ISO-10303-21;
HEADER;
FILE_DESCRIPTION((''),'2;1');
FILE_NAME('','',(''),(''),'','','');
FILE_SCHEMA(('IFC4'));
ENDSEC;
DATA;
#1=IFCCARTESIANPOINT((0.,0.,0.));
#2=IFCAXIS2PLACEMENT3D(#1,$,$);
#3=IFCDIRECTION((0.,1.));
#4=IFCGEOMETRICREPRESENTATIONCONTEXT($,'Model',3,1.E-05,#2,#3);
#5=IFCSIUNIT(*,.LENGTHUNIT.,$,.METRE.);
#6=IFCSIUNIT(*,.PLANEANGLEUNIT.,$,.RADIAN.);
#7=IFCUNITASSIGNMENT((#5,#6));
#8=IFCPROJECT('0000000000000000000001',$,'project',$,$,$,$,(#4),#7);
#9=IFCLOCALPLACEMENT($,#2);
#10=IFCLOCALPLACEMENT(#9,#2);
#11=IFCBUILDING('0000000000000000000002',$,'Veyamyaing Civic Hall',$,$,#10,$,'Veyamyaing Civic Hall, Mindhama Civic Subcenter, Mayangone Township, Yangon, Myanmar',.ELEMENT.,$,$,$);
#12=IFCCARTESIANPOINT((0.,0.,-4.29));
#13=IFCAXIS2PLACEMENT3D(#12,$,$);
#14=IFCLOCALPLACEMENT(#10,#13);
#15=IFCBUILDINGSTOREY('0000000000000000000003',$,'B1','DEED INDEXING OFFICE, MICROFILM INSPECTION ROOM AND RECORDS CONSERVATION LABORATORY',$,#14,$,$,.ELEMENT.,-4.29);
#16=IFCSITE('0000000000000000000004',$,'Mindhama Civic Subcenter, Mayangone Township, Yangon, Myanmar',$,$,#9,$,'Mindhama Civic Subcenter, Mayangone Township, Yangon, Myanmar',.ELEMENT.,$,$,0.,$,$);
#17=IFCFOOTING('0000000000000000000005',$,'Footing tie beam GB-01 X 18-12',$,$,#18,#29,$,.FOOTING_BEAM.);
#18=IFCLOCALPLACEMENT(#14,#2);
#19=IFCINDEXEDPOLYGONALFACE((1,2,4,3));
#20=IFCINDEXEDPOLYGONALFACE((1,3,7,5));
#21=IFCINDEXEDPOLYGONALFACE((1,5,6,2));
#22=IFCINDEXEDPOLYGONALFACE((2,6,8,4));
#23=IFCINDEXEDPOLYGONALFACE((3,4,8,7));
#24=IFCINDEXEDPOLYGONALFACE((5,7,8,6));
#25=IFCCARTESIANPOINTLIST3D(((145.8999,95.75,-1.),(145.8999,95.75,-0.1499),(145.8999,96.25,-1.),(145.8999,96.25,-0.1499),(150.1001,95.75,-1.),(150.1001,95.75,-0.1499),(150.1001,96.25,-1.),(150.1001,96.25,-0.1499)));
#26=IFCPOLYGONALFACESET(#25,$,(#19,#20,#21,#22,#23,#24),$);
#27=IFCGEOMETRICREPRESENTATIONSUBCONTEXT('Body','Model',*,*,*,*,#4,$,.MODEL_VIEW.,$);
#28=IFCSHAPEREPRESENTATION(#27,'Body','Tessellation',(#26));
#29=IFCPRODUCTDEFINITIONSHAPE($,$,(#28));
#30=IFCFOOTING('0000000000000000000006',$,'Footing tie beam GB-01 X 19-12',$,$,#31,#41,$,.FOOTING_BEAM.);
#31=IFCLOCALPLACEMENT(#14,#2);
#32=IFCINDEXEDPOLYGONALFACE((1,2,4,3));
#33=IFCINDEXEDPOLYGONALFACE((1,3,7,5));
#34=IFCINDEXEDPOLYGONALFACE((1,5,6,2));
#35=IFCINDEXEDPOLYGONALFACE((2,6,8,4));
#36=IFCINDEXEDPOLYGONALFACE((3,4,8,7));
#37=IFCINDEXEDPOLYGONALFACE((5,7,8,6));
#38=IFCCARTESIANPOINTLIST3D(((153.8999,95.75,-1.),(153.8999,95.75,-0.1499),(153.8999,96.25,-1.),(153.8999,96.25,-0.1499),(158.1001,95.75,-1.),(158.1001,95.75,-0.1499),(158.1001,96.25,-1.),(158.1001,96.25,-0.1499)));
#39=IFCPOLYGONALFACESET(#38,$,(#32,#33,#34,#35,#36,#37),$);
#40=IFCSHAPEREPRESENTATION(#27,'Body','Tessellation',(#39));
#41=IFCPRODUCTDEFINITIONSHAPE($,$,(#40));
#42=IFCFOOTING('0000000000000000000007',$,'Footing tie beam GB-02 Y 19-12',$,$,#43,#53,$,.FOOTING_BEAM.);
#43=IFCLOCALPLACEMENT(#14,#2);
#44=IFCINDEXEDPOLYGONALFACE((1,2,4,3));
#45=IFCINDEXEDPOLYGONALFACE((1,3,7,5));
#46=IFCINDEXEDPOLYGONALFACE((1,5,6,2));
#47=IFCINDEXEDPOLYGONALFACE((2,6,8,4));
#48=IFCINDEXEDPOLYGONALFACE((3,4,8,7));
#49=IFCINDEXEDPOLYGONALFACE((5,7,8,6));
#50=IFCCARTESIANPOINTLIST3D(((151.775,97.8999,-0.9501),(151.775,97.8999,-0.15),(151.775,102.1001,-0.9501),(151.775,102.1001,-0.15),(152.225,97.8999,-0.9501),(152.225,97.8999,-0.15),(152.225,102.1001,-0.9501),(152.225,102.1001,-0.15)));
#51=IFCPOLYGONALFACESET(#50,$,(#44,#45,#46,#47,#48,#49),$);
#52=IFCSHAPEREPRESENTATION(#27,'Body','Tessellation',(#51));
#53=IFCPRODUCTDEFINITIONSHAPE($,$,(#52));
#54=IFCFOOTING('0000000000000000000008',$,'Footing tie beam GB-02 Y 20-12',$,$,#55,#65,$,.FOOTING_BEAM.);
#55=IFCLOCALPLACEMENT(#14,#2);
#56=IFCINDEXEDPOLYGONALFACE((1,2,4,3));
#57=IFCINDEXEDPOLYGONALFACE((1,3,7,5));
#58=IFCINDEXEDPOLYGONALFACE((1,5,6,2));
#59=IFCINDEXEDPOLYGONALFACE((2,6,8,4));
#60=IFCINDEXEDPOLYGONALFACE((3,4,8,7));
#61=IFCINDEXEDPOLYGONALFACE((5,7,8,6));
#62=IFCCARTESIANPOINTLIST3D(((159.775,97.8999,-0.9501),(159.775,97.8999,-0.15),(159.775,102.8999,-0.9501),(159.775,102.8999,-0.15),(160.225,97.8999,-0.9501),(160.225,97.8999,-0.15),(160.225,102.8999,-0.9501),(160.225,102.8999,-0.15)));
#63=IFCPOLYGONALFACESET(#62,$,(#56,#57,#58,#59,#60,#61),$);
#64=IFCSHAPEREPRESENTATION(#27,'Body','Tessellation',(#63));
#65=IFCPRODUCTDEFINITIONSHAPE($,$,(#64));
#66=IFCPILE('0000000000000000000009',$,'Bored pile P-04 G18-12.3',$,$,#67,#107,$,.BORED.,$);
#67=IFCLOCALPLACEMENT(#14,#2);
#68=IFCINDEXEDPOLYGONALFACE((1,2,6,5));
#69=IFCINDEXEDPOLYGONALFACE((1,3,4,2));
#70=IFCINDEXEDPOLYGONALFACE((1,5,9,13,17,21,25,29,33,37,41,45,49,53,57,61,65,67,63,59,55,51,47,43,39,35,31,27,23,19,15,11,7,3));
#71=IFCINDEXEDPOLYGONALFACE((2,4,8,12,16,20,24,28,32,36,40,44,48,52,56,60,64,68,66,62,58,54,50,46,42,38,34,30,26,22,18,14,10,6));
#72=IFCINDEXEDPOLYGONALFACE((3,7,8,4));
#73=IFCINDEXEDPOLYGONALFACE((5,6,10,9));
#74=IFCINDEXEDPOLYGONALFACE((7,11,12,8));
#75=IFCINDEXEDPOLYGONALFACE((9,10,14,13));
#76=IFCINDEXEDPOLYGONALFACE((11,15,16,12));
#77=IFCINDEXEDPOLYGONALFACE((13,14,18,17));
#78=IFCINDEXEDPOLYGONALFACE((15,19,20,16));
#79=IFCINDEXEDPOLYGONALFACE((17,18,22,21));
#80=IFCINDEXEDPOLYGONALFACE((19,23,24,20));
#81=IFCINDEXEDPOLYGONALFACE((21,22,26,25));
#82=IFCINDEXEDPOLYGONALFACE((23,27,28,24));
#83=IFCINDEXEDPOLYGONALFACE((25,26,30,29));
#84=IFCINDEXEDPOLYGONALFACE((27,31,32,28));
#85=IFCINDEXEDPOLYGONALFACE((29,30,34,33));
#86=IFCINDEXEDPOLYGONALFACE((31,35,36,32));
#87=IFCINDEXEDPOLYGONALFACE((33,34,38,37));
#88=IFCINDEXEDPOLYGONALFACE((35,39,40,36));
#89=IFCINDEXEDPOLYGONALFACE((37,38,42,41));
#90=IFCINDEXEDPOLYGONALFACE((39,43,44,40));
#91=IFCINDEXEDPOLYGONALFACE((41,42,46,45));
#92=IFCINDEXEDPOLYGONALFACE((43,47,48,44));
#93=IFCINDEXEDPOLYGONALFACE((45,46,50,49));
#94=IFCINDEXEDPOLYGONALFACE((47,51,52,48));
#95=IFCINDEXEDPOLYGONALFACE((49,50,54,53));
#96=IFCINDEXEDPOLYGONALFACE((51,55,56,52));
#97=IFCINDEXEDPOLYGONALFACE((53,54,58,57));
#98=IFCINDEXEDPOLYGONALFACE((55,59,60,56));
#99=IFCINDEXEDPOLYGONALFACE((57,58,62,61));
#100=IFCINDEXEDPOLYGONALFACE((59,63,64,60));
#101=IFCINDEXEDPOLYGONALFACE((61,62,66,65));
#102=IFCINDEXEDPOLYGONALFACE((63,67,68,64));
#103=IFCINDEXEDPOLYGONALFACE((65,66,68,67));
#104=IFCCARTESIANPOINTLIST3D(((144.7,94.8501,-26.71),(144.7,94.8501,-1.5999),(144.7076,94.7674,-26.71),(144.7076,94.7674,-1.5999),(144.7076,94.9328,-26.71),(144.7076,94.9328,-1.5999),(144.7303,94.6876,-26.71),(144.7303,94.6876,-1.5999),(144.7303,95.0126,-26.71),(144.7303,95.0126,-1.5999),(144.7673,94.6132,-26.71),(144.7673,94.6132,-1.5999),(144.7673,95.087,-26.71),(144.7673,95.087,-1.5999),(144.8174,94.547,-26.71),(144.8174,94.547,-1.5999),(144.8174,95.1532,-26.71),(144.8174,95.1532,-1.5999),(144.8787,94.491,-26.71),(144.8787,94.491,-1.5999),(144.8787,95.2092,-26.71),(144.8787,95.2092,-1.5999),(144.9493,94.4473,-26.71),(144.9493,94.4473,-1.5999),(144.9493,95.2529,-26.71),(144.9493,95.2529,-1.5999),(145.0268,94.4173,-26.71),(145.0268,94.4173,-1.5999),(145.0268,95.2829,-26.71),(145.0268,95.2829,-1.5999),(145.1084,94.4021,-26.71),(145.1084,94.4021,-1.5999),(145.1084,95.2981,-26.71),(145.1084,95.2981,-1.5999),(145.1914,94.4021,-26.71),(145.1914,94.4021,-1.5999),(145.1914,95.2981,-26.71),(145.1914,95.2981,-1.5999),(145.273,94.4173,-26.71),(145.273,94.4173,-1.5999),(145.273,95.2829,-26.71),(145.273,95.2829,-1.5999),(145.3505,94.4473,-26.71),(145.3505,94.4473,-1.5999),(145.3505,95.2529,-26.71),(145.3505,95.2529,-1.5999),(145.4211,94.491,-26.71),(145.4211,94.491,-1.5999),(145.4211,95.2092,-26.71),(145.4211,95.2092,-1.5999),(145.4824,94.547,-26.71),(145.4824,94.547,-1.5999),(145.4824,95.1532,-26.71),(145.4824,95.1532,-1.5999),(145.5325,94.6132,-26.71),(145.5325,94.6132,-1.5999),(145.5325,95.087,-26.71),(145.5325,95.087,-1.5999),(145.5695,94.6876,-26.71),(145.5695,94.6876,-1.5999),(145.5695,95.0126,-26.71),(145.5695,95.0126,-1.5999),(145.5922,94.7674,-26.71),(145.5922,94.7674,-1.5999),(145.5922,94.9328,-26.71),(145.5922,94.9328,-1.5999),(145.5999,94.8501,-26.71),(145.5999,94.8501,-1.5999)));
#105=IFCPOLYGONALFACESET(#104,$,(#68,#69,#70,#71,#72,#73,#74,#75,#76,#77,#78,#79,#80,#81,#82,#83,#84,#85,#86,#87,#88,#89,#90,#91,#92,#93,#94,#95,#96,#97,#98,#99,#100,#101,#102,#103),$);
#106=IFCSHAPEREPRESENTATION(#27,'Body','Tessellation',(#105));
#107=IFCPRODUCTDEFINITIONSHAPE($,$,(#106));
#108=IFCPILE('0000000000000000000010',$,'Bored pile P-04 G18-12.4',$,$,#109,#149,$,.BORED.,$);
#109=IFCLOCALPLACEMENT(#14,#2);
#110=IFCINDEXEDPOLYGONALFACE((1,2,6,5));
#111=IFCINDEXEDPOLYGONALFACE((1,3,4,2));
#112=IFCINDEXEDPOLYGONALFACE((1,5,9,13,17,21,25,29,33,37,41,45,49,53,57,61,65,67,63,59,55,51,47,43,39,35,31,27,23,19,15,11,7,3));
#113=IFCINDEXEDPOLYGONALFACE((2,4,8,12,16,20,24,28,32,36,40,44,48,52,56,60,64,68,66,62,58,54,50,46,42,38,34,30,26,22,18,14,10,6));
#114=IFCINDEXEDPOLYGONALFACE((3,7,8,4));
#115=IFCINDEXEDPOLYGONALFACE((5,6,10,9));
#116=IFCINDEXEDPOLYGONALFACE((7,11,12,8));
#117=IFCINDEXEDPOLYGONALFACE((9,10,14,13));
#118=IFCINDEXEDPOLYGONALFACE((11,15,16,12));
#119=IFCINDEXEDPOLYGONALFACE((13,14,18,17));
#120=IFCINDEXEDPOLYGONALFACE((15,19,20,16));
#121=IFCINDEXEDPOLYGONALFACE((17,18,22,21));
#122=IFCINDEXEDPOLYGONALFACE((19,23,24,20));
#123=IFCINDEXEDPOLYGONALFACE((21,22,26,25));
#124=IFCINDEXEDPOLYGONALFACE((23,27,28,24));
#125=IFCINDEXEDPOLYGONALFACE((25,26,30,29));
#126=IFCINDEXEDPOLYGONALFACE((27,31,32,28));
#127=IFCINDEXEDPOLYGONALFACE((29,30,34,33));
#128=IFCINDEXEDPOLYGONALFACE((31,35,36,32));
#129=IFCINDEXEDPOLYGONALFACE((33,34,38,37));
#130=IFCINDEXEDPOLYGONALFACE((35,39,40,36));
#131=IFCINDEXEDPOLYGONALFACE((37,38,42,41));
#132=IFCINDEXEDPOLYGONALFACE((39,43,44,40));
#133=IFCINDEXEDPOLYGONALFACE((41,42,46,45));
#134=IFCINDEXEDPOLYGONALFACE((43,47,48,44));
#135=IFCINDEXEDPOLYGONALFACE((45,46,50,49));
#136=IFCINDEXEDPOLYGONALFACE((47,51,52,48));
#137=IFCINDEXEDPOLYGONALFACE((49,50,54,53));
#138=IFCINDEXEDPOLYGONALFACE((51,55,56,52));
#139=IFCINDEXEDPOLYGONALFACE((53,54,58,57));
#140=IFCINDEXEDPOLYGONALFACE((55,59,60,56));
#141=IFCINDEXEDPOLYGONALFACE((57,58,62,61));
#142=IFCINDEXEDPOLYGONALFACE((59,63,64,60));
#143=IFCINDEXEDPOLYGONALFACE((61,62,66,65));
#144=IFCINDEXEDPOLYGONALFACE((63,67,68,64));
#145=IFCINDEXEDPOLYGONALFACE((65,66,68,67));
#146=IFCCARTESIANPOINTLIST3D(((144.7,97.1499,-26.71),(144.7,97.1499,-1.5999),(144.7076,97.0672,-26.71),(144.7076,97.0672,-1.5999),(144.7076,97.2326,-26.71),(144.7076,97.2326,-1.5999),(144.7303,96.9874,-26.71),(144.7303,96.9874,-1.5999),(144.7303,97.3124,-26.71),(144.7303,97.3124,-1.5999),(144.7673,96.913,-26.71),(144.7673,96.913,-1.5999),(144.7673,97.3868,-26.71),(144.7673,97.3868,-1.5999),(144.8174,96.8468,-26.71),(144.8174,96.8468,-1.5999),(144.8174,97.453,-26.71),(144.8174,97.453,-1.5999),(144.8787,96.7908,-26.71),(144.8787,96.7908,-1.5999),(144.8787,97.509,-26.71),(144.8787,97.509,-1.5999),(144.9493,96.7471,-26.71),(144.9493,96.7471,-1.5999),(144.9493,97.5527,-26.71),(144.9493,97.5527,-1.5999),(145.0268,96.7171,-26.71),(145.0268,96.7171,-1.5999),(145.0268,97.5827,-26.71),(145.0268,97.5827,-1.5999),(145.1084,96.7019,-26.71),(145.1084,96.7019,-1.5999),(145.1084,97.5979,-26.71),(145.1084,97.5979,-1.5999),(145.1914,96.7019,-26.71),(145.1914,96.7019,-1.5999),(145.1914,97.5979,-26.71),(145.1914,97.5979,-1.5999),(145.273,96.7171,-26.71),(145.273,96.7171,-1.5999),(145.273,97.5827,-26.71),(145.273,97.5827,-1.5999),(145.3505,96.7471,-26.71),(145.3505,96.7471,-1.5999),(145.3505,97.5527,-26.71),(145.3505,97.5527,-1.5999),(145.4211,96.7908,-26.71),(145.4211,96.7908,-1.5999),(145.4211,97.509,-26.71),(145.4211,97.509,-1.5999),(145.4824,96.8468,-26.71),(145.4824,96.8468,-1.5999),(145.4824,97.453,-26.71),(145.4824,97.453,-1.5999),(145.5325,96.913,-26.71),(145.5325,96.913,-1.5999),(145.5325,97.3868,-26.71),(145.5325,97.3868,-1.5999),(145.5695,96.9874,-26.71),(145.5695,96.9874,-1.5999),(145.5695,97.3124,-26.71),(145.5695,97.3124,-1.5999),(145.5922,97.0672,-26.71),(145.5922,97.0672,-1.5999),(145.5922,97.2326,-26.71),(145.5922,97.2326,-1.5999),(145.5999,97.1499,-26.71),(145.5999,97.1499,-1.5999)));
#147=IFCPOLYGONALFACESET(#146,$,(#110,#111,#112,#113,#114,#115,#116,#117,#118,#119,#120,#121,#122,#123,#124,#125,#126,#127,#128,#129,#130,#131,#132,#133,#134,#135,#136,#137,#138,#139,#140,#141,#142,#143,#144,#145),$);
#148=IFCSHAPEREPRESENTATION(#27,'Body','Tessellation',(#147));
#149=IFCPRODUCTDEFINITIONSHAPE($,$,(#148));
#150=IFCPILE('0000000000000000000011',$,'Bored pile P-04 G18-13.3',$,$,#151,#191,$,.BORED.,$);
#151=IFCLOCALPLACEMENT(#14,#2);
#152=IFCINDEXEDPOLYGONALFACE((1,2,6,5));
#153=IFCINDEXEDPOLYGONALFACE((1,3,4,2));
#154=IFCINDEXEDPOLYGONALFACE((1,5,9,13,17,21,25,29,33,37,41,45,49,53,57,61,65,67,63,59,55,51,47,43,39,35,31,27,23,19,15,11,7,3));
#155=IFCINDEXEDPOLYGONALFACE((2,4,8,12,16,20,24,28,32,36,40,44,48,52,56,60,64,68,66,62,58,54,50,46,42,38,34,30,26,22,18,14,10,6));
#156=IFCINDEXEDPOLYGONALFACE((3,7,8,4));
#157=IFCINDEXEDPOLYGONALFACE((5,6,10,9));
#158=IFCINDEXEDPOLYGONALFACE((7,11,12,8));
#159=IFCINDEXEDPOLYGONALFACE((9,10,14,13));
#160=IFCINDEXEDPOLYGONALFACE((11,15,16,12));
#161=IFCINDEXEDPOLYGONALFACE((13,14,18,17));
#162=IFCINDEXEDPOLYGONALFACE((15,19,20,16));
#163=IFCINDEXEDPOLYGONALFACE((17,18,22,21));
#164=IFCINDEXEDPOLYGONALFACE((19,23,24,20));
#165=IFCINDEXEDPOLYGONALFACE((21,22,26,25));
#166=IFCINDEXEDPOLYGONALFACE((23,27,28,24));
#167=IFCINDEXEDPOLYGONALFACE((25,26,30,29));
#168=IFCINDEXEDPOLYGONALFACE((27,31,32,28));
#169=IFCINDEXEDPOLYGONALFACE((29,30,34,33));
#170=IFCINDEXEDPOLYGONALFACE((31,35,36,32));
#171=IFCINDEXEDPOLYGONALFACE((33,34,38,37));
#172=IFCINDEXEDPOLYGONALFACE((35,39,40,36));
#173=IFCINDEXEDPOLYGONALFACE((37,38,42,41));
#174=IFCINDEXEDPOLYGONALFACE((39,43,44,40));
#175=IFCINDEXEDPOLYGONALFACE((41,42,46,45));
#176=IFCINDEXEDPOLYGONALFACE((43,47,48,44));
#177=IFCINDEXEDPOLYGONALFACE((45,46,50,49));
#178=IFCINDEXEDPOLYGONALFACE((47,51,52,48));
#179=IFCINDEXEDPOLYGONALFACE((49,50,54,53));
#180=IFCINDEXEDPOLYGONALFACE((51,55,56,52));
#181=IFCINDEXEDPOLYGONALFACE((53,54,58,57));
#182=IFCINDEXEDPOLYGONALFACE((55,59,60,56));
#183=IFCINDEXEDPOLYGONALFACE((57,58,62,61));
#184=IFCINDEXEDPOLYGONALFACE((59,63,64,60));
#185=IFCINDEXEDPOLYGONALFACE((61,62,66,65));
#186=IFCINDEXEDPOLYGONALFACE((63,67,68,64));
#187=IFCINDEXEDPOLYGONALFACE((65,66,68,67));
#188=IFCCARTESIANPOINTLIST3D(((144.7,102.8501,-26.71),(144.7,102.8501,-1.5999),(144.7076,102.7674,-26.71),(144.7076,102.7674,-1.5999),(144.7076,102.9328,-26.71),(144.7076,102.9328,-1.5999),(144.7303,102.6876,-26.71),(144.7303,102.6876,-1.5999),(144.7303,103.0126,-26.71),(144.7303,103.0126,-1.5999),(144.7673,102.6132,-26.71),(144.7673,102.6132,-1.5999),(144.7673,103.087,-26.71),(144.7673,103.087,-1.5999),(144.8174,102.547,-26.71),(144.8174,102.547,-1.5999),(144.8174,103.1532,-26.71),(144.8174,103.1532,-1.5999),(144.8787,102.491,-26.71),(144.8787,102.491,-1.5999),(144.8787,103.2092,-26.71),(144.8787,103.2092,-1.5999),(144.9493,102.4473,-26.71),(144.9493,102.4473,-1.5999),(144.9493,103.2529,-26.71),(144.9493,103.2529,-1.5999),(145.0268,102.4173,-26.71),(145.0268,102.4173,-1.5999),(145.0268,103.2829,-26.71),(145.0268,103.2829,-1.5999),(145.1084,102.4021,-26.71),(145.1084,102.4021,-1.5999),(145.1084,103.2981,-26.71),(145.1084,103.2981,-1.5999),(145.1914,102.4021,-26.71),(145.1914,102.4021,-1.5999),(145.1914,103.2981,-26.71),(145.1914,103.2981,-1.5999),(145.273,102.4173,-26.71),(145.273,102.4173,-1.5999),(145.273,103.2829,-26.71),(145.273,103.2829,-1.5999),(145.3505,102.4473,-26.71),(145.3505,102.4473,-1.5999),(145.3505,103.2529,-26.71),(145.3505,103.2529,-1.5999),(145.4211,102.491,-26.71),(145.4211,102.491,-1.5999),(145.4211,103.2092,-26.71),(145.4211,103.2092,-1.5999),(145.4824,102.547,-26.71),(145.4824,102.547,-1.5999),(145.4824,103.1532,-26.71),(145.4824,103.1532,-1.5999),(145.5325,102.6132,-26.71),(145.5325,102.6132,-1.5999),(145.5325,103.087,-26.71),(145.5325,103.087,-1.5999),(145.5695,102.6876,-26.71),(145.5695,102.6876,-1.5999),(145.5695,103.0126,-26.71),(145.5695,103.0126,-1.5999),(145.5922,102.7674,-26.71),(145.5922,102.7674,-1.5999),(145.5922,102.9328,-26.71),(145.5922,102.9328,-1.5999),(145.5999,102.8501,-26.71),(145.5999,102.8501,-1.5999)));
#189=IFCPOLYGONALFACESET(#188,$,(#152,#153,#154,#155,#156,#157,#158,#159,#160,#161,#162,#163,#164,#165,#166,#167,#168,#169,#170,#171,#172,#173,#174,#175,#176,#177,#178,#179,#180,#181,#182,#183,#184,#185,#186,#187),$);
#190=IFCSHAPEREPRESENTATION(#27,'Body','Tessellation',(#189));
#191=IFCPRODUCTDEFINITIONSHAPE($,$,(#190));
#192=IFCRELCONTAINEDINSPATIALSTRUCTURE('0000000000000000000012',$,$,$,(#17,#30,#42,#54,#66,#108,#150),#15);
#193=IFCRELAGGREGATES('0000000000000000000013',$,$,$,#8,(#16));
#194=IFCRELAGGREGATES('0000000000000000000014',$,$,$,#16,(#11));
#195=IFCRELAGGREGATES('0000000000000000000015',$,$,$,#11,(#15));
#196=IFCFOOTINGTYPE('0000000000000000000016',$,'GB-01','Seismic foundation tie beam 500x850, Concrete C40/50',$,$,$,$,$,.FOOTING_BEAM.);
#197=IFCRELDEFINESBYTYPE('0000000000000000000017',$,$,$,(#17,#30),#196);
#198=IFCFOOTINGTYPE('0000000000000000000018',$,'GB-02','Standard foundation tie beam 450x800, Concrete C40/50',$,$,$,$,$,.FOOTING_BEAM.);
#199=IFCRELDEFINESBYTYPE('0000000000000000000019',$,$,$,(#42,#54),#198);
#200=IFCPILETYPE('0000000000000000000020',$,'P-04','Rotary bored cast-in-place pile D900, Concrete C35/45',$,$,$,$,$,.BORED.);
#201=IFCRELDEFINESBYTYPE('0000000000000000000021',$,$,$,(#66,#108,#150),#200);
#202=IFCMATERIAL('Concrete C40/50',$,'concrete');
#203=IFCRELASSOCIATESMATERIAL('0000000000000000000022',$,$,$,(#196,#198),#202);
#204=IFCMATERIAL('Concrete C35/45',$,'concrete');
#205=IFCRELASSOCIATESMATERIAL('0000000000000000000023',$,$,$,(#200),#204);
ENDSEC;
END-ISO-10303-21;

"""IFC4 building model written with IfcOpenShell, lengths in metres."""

from ifc_helpers import new_model, si_unit, direction, frame, origin, origin_2d, place, context, subcontext, project, spatial, rectangle, circle, extrude, material, material_profile, profile_set, type_object, element, save


model = new_model("IFC4")

# Units and contexts
model_context = context("Model", 3, precision=1e-05, world=origin(), true_north=direction((0.0, 1.0)))
body_context = subcontext(model_context, "Body", "Model", "MODEL_VIEW")
ifc_project = project(units=[si_unit("LENGTHUNIT", "METRE"), si_unit("PLANEANGLEUNIT", "RADIAN")], contexts=[model_context])

# Site, building, storey
site_placement = place(None, origin())
site = spatial("IfcSite", under=ifc_project, at=site_placement, Name="Mindhama Civic Subcenter, Mayangone Township, Yangon, Myanmar", LongName="Mindhama Civic Subcenter, Mayangone Township, Yangon, Myanmar", CompositionType="ELEMENT", RefElevation=0.0)
building_placement = place(site_placement, origin())
building = spatial("IfcBuilding", under=site, at=building_placement, Name="Veyamyaing Civic Hall", LongName="Veyamyaing Civic Hall, Mindhama Civic Subcenter, Mayangone Township, Yangon, Myanmar", CompositionType="ELEMENT")
storey_placement = place(building_placement, frame((0.0, 0.0, -4.29)))
storey = spatial("IfcBuildingStorey", under=building, at=storey_placement, Name="B1", Description="DEED INDEXING OFFICE, MICROFILM INSPECTION ROOM AND RECORDS CONSERVATION LABORATORY", CompositionType="ELEMENT", Elevation=-4.29)

# Footings
ifc_material_1 = material(Name="Concrete C40/50", Category="concrete")
ifc_material_profile_1 = material_profile(ifc_material_1, rectangle(XDim=0.5, YDim=0.8501, at=origin_2d()), Name="GB-500X850")
ifc_profile_set_1 = profile_set([ifc_material_profile_1], Name="Concrete C40/50")
footing_type_1 = type_object("IfcFootingType", Name="GB-01", Description="Seismic foundation tie beam 500x850, Concrete C40/50", PredefinedType="FOOTING_BEAM", material=ifc_profile_set_1)
for number, where, z_axis, x_axis, name in (
    (1, (145.8999, 96.0, -0.575), (1.0, 0.0, 0.0), (0.0, 1.0, 0.0), "Footing tie beam GB-01 X 18-12"),
    (2, (153.8999, 96.0, -0.575), (1.0, 0.0, 0.0), (0.0, 1.0, 0.0), "Footing tie beam GB-01 X 19-12"),
):
    element("IfcFooting", number, at=place(storey_placement, frame(where, z_axis=z_axis, x_axis=x_axis)), inside=storey, type_object=footing_type_1, Name=name, PredefinedType="FOOTING_BEAM", context=body_context, shape_type="SweptSolid", body=[
        extrude(rectangle(XDim=0.5, YDim=0.8501, at=origin_2d()), origin(), (0.0, 0.0, 1.0), 4.2002),
    ])
ifc_material_profile_2 = material_profile(ifc_material_1, rectangle(XDim=0.45, YDim=0.8, at=origin_2d()), Name="GB-450X800")
ifc_profile_set_2 = profile_set([ifc_material_profile_2], Name="Concrete C40/50")
footing_type_2 = type_object("IfcFootingType", Name="GB-02", Description="Standard foundation tie beam 450x800, Concrete C40/50", PredefinedType="FOOTING_BEAM", material=ifc_profile_set_2)
footing_1_placement = place(storey_placement, frame((152.0, 97.8999, -0.55), z_axis=(0.0, 1.0, 0.0), x_axis=(-1.0, 0.0, 0.0)))
element("IfcFooting", 3, at=footing_1_placement, inside=storey, type_object=footing_type_2, Name="Footing tie beam GB-02 Y 19-12", PredefinedType="FOOTING_BEAM", context=body_context, shape_type="SweptSolid", body=[
    extrude(rectangle(XDim=0.45, YDim=0.8, at=origin_2d()), origin(), (0.0, 0.0, 1.0), 4.2002),
])
footing_2_placement = place(storey_placement, frame((160.0, 97.8999, -0.55), z_axis=(0.0, 1.0, 0.0), x_axis=(-1.0, 0.0, 0.0)))
element("IfcFooting", 4, at=footing_2_placement, inside=storey, type_object=footing_type_2, Name="Footing tie beam GB-02 Y 20-12", PredefinedType="FOOTING_BEAM", context=body_context, shape_type="SweptSolid", body=[
    extrude(rectangle(XDim=0.45, YDim=0.8, at=origin_2d()), origin(), (0.0, 0.0, 1.0), 5.0),
])

# Piles
ifc_material_2 = material(Name="Concrete C35/45", Category="concrete")
ifc_material_profile_3 = material_profile(ifc_material_2, circle(Radius=0.45, at=origin_2d()), Name="PILE-D900")
ifc_profile_set_3 = profile_set([ifc_material_profile_3], Name="Concrete C35/45")
pile_type = type_object("IfcPileType", Name="P-04", Description="Rotary bored cast-in-place pile D900, Concrete C35/45", PredefinedType="BORED", material=ifc_profile_set_3)
for number, where, z_axis, x_axis, name in (
    (5, (145.1499, 94.8501, -1.5999), (0.0, 0.0, -1.0), (1.0, 0.0, 0.0), "Bored pile P-04 G18-12.3"),
    (6, (145.1499, 97.1499, -1.5999), (0.0, 0.0, -1.0), (1.0, 0.0, 0.0), "Bored pile P-04 G18-12.4"),
    (7, (145.1499, 102.8501, -1.5999), (0.0, 0.0, -1.0), (1.0, 0.0, 0.0), "Bored pile P-04 G18-13.3"),
):
    element("IfcPile", number, at=place(storey_placement, frame(where, z_axis=z_axis, x_axis=x_axis)), inside=storey, type_object=pile_type, Name=name, PredefinedType="BORED", context=body_context, shape_type="SweptSolid", body=[
        extrude(circle(Radius=0.45, at=origin_2d()), origin(), (0.0, 0.0, 1.0), 25.1101),
    ])

save(model, "model.ifc")
